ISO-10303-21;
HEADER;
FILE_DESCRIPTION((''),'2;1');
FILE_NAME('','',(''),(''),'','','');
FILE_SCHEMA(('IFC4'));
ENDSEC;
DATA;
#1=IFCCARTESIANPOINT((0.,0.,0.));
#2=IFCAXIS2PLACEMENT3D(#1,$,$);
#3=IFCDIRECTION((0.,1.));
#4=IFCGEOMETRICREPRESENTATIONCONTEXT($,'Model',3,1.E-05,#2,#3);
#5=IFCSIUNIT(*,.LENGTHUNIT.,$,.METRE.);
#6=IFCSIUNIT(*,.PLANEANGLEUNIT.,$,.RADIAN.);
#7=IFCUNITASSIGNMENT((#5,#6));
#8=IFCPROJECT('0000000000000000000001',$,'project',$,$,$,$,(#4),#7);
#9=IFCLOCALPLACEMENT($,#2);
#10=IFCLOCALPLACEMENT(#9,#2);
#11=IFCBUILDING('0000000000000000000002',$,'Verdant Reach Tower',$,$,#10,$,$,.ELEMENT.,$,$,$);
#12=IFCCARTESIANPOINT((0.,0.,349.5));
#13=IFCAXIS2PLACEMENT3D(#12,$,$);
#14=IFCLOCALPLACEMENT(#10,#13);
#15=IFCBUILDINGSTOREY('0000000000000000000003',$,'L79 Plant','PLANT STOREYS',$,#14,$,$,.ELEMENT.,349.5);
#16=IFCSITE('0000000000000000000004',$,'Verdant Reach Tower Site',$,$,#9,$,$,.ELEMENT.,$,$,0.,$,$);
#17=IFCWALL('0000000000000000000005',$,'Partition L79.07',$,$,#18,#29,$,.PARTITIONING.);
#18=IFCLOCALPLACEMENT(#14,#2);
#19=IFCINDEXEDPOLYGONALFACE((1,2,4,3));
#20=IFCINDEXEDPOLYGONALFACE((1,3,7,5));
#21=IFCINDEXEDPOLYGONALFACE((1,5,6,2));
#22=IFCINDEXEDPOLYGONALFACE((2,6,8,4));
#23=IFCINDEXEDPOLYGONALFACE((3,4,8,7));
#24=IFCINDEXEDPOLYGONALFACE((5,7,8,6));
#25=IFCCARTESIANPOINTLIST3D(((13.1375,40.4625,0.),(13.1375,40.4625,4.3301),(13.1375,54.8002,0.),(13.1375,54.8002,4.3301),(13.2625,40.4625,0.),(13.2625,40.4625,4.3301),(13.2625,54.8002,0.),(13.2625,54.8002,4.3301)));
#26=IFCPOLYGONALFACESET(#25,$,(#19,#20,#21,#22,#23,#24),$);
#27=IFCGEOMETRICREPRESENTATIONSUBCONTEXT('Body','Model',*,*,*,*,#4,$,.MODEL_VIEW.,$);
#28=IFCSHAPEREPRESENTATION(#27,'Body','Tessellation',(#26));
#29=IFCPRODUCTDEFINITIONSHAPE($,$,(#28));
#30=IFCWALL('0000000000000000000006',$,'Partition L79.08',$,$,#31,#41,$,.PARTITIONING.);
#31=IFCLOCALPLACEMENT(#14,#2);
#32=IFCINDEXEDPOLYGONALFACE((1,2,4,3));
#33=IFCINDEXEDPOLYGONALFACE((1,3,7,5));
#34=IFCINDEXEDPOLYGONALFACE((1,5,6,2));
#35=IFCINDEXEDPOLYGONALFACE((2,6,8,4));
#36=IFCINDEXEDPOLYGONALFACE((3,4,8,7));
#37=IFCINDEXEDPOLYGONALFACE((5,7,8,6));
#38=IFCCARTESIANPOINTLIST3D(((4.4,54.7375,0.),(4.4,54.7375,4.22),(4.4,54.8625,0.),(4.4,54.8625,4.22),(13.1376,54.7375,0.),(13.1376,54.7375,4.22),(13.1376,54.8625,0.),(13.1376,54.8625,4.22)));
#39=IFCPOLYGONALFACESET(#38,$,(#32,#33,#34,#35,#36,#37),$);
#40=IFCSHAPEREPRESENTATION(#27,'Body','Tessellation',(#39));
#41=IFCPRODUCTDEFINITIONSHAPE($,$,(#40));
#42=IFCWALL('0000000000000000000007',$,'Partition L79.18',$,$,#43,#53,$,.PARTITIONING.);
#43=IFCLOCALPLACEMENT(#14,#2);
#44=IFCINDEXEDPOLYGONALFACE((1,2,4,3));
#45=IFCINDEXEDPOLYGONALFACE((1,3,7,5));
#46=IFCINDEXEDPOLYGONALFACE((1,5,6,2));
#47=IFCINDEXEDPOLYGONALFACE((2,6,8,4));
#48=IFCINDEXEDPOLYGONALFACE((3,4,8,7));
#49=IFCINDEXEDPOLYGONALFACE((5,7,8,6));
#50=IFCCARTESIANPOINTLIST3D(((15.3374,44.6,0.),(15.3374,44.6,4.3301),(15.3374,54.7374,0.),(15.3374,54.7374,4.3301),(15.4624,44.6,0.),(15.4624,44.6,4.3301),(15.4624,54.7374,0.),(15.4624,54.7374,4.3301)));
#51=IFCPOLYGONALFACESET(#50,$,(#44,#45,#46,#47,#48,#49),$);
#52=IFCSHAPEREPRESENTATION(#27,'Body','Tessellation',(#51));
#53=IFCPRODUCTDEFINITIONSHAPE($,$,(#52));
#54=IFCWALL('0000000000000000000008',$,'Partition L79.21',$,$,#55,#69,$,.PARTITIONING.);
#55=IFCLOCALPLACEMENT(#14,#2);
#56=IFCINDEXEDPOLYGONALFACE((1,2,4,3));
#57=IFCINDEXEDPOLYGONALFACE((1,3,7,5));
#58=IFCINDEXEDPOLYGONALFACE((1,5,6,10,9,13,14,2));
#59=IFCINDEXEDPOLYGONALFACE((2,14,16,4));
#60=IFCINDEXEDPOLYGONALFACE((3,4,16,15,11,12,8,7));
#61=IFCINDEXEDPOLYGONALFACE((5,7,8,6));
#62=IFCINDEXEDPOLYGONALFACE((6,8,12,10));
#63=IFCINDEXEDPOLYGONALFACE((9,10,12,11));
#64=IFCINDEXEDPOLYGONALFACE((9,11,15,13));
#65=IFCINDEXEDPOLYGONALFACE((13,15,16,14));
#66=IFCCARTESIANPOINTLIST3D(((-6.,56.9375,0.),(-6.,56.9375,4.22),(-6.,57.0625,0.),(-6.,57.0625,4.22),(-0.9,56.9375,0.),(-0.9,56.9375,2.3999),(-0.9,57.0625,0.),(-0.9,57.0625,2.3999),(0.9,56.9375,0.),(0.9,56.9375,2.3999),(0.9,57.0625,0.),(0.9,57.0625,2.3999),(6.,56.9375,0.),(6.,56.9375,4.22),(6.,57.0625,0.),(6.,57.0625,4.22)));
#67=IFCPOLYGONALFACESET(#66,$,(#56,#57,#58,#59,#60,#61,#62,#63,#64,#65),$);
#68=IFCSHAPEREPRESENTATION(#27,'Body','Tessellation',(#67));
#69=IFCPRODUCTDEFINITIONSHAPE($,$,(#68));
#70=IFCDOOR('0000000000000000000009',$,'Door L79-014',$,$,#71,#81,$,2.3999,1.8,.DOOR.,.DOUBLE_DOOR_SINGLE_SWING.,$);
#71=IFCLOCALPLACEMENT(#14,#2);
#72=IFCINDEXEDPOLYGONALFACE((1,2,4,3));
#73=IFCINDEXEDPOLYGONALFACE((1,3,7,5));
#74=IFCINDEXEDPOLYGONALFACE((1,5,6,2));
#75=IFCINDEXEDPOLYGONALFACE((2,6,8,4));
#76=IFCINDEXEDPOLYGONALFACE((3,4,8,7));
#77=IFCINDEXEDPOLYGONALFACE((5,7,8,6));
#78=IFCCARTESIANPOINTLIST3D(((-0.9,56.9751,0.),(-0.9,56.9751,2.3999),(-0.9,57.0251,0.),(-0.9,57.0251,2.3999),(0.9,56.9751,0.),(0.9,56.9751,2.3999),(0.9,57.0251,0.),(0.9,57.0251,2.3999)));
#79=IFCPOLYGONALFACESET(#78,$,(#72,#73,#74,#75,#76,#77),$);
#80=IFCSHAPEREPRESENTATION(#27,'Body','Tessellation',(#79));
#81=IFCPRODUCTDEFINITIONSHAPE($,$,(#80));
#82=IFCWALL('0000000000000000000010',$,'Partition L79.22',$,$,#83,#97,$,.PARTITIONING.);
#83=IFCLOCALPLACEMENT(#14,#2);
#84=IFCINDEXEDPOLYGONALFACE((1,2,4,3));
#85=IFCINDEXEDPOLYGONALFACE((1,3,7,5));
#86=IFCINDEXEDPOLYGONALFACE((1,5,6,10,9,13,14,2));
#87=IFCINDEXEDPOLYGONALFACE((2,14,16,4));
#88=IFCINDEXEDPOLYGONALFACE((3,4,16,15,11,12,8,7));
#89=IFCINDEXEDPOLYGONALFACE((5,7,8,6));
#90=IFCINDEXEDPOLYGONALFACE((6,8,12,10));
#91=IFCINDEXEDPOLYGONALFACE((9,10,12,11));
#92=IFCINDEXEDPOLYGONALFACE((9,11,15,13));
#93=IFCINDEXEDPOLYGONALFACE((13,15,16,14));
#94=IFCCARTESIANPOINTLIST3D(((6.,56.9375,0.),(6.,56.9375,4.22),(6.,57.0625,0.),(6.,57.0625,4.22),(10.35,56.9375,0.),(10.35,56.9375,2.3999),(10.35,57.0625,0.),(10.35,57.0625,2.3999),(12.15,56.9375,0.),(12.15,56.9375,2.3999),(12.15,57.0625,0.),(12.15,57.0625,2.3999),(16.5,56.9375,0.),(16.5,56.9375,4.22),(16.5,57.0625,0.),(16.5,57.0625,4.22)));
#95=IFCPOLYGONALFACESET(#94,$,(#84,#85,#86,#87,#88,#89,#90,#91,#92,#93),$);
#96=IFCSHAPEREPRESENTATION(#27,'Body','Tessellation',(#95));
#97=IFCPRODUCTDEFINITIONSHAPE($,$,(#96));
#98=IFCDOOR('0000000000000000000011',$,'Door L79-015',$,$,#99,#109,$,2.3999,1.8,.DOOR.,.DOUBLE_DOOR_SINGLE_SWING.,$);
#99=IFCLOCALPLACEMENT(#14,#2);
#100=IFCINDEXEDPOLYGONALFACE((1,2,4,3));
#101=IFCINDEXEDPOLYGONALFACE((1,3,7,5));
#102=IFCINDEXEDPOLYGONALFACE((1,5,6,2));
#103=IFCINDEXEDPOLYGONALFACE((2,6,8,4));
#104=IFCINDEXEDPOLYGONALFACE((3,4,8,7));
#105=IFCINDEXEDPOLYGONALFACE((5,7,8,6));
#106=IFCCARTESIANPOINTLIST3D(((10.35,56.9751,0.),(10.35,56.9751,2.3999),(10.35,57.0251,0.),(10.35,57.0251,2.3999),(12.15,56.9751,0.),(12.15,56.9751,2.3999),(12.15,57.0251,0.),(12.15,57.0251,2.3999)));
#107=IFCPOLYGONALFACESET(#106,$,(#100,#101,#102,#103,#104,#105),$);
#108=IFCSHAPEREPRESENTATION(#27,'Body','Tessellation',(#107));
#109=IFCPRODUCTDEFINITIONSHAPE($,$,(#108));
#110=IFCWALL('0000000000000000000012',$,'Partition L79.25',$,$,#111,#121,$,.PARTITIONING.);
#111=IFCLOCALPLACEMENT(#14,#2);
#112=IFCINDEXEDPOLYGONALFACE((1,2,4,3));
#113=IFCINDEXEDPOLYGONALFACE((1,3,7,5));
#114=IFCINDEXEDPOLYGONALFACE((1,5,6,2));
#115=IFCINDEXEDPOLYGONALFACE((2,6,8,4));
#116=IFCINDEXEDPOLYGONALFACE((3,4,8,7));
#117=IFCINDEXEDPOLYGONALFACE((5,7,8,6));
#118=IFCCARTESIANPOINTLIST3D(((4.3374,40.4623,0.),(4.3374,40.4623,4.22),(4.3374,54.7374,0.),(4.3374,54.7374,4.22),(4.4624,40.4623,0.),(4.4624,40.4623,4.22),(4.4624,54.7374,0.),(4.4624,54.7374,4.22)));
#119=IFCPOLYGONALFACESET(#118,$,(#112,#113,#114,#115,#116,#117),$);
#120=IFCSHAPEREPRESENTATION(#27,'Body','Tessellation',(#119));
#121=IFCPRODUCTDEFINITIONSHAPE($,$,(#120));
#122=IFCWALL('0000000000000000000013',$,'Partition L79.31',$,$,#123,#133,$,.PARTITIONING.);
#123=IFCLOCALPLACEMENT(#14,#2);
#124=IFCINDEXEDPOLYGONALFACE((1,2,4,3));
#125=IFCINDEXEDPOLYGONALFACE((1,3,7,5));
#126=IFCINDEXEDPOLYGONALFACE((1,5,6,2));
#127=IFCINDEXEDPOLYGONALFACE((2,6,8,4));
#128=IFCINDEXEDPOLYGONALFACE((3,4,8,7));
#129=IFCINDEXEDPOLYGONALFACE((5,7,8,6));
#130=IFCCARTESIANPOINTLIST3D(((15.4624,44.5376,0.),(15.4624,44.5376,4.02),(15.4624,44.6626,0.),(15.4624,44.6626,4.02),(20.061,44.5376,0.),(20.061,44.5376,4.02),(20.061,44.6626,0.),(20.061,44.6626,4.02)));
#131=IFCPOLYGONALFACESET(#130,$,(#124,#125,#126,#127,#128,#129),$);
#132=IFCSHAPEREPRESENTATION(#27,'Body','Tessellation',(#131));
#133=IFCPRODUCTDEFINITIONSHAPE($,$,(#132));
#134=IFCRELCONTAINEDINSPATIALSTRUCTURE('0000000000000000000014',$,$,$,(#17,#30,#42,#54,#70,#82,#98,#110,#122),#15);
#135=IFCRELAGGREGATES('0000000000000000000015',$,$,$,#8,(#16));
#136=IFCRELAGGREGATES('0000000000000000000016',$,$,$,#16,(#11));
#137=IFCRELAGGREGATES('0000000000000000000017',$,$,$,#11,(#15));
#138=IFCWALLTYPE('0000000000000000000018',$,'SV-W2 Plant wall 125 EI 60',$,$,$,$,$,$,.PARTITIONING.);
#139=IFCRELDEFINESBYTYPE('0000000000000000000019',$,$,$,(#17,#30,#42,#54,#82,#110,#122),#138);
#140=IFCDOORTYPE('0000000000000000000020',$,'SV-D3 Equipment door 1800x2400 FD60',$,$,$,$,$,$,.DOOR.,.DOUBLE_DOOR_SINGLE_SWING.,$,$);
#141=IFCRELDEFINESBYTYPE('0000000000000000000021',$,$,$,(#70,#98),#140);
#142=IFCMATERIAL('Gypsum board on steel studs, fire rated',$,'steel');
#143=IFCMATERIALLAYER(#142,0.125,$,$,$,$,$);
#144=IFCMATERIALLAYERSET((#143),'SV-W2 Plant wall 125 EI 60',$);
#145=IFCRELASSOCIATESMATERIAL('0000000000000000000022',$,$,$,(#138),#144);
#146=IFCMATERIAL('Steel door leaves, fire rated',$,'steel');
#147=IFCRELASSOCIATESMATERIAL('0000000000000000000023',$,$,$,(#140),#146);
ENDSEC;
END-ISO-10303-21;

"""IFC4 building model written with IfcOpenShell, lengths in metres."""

from ifc_helpers import new_model, si_unit, direction, frame, frame_2d, origin, place, context, subcontext, project, spatial, rectangle, extrude, material, layer, layer_set, type_object, element, fill, save


model = new_model("IFC4")

# Units and contexts
model_context = context("Model", 3, precision=1e-05, world=origin(), true_north=direction((0.0, 1.0)))
body_context = subcontext(model_context, "Body", "Model", "MODEL_VIEW")
ifc_project = project(units=[si_unit("LENGTHUNIT", "METRE"), si_unit("PLANEANGLEUNIT", "RADIAN")], contexts=[model_context])

# Site, building, storey
site_placement = place(None, origin())
site = spatial("IfcSite", under=ifc_project, at=site_placement, Name="Verdant Reach Tower Site", CompositionType="ELEMENT", RefElevation=0.0)
building_placement = place(site_placement, origin())
building = spatial("IfcBuilding", under=site, at=building_placement, Name="Verdant Reach Tower", CompositionType="ELEMENT")
storey_placement = place(building_placement, frame((0.0, 0.0, 349.5)))
storey = spatial("IfcBuildingStorey", under=building, at=storey_placement, Name="L79 Plant", Description="PLANT STOREYS", CompositionType="ELEMENT", Elevation=349.5)

# Shared definitions
ifc_material_1 = material(Name="Gypsum board on steel studs, fire rated", Category="steel")
ifc_layer = layer(ifc_material_1, 0.125)
ifc_layer_set = layer_set([ifc_layer], Name="SV-W2 Plant wall 125 EI 60")
wall_type = type_object("IfcWallType", Name="SV-W2 Plant wall 125 EI 60", PredefinedType="PARTITIONING", material=ifc_layer_set)

# Shared definitions
ifc_material_2 = material(Name="Steel door leaves, fire rated", Category="steel")
door_type_1 = type_object("IfcDoorType", Name="SV-D3 Equipment door 1800x2400 FD60", OperationType="DOUBLE_DOOR_SINGLE_SWING", PredefinedType="DOOR", material=ifc_material_2)

# Walls
wall_1_placement = place(storey_placement, frame((13.2, 40.4624, 0.0), z_axis=(0.0, 0.0, 1.0), x_axis=(0.0, 1.0, 0.0)))
element("IfcWall", 1, at=wall_1_placement, inside=storey, type_object=wall_type, Name="Partition L79.07", PredefinedType="PARTITIONING", context=body_context, shape_type="SweptSolid", body=[
    extrude(rectangle(XDim=14.3376, YDim=0.125, at=frame_2d((7.1689, 0.0))), origin(), (0.0, 0.0, 1.0), 4.3301),
])
wall_2_placement = place(storey_placement, frame((13.1375, 54.8, 0.0), z_axis=(0.0, 0.0, 1.0), x_axis=(-1.0, 0.0, 0.0)))
element("IfcWall", 2, at=wall_2_placement, inside=storey, type_object=wall_type, Name="Partition L79.08", PredefinedType="PARTITIONING", context=body_context, shape_type="SweptSolid", body=[
    extrude(rectangle(XDim=8.7375, YDim=0.125, at=frame_2d((4.3687, 0.0))), origin(), (0.0, 0.0, 1.0), 4.22),
])
wall_3_placement = place(storey_placement, frame((15.3999, 54.7375, 0.0), z_axis=(0.0, 0.0, 1.0), x_axis=(0.0, -1.0, 0.0)))
element("IfcWall", 3, at=wall_3_placement, inside=storey, type_object=wall_type, Name="Partition L79.18", PredefinedType="PARTITIONING", context=body_context, shape_type="SweptSolid", body=[
    extrude(rectangle(XDim=10.1375, YDim=0.125, at=frame_2d((5.0688, 0.0))), origin(), (0.0, 0.0, 1.0), 4.3301),
])

# Walls, openings, doors
wall_4_placement = place(storey_placement, frame((6.0, 57.0, 0.0), z_axis=(0.0, 0.0, 1.0), x_axis=(-1.0, 0.0, 0.0)))
wall_4 = element("IfcWall", 4, at=wall_4_placement, inside=storey, type_object=wall_type, Name="Partition L79.21", PredefinedType="PARTITIONING", context=body_context, shape_type="SweptSolid", body=[
    extrude(rectangle(XDim=12.0, YDim=0.125, at=frame_2d((6.0, 0.0))), origin(), (0.0, 0.0, 1.0), 4.22),
])
opening_1_placement = place(wall_4_placement, frame((5.1001, 0.0, 0.0)))
opening_1 = element("IfcOpeningElement", 5, at=opening_1_placement, cuts=wall_4, PredefinedType="OPENING", context=body_context, shape_type="SweptSolid", body=[
    extrude(rectangle(XDim=1.8, YDim=2.3999, at=frame_2d((0.8999, 1.2))), frame((0.0, 0.0725, 0.0), z_axis=(0.0, -1.0, 0.0), x_axis=(1.0, 0.0, 0.0)), (0.0, 0.0, 1.0), 0.145),
])
door_1_placement = place(opening_1_placement, origin())
door_1 = element("IfcDoor", 6, at=door_1_placement, inside=storey, type_object=door_type_1, Name="Door L79-014", OperationType="DOUBLE_DOOR_SINGLE_SWING", OverallHeight=2.3999, OverallWidth=1.8, PredefinedType="DOOR", context=body_context, shape_type="SweptSolid", body=[
    extrude(rectangle(XDim=1.8, YDim=2.3999, at=frame_2d((0.8999, 1.2))), frame((0.0, 0.0249, 0.0), z_axis=(0.0, -1.0, 0.0), x_axis=(1.0, 0.0, 0.0)), (0.0, 0.0, 1.0), 0.05),
])
fill(opening_1, door_1)
wall_5_placement = place(storey_placement, frame((16.5, 57.0, 0.0), z_axis=(0.0, 0.0, 1.0), x_axis=(-1.0, 0.0, 0.0)))
wall_5 = element("IfcWall", 7, at=wall_5_placement, inside=storey, type_object=wall_type, Name="Partition L79.22", PredefinedType="PARTITIONING", context=body_context, shape_type="SweptSolid", body=[
    extrude(rectangle(XDim=10.5, YDim=0.125, at=frame_2d((5.25, 0.0))), origin(), (0.0, 0.0, 1.0), 4.22),
])
opening_2_placement = place(wall_5_placement, frame((4.3501, 0.0, 0.0)))
opening_2 = element("IfcOpeningElement", 8, at=opening_2_placement, cuts=wall_5, PredefinedType="OPENING", context=body_context, shape_type="SweptSolid", body=[
    extrude(rectangle(XDim=1.8, YDim=2.3999, at=frame_2d((0.8999, 1.2))), frame((0.0, 0.0725, 0.0), z_axis=(0.0, -1.0, 0.0), x_axis=(1.0, 0.0, 0.0)), (0.0, 0.0, 1.0), 0.145),
])
door_2_placement = place(opening_2_placement, origin())
door_2 = element("IfcDoor", 9, at=door_2_placement, inside=storey, type_object=door_type_1, Name="Door L79-015", OperationType="DOUBLE_DOOR_SINGLE_SWING", OverallHeight=2.3999, OverallWidth=1.8, PredefinedType="DOOR", context=body_context, shape_type="SweptSolid", body=[
    extrude(rectangle(XDim=1.8, YDim=2.3999, at=frame_2d((0.8999, 1.2))), frame((0.0, 0.0249, 0.0), z_axis=(0.0, -1.0, 0.0), x_axis=(1.0, 0.0, 0.0)), (0.0, 0.0, 1.0), 0.05),
])
fill(opening_2, door_2)

# Walls
wall_6_placement = place(storey_placement, frame((4.3999, 54.7375, 0.0), z_axis=(0.0, 0.0, 1.0), x_axis=(0.0, -1.0, 0.0)))
element("IfcWall", 10, at=wall_6_placement, inside=storey, type_object=wall_type, Name="Partition L79.25", PredefinedType="PARTITIONING", context=body_context, shape_type="SweptSolid", body=[
    extrude(rectangle(XDim=14.2751, YDim=0.125, at=frame_2d((7.1377, 0.0))), origin(), (0.0, 0.0, 1.0), 4.22),
])
wall_7_placement = place(storey_placement, frame((15.4624, 44.6001, 0.0), z_axis=(0.0, 0.0, 1.0), x_axis=(1.0, 0.0, 0.0)))
element("IfcWall", 11, at=wall_7_placement, inside=storey, type_object=wall_type, Name="Partition L79.31", PredefinedType="PARTITIONING", context=body_context, shape_type="SweptSolid", body=[
    extrude(rectangle(XDim=4.5986, YDim=0.125, at=frame_2d((2.2993, 0.0))), origin(), (0.0, 0.0, 1.0), 4.02),
])

save(model, "model.ifc")
